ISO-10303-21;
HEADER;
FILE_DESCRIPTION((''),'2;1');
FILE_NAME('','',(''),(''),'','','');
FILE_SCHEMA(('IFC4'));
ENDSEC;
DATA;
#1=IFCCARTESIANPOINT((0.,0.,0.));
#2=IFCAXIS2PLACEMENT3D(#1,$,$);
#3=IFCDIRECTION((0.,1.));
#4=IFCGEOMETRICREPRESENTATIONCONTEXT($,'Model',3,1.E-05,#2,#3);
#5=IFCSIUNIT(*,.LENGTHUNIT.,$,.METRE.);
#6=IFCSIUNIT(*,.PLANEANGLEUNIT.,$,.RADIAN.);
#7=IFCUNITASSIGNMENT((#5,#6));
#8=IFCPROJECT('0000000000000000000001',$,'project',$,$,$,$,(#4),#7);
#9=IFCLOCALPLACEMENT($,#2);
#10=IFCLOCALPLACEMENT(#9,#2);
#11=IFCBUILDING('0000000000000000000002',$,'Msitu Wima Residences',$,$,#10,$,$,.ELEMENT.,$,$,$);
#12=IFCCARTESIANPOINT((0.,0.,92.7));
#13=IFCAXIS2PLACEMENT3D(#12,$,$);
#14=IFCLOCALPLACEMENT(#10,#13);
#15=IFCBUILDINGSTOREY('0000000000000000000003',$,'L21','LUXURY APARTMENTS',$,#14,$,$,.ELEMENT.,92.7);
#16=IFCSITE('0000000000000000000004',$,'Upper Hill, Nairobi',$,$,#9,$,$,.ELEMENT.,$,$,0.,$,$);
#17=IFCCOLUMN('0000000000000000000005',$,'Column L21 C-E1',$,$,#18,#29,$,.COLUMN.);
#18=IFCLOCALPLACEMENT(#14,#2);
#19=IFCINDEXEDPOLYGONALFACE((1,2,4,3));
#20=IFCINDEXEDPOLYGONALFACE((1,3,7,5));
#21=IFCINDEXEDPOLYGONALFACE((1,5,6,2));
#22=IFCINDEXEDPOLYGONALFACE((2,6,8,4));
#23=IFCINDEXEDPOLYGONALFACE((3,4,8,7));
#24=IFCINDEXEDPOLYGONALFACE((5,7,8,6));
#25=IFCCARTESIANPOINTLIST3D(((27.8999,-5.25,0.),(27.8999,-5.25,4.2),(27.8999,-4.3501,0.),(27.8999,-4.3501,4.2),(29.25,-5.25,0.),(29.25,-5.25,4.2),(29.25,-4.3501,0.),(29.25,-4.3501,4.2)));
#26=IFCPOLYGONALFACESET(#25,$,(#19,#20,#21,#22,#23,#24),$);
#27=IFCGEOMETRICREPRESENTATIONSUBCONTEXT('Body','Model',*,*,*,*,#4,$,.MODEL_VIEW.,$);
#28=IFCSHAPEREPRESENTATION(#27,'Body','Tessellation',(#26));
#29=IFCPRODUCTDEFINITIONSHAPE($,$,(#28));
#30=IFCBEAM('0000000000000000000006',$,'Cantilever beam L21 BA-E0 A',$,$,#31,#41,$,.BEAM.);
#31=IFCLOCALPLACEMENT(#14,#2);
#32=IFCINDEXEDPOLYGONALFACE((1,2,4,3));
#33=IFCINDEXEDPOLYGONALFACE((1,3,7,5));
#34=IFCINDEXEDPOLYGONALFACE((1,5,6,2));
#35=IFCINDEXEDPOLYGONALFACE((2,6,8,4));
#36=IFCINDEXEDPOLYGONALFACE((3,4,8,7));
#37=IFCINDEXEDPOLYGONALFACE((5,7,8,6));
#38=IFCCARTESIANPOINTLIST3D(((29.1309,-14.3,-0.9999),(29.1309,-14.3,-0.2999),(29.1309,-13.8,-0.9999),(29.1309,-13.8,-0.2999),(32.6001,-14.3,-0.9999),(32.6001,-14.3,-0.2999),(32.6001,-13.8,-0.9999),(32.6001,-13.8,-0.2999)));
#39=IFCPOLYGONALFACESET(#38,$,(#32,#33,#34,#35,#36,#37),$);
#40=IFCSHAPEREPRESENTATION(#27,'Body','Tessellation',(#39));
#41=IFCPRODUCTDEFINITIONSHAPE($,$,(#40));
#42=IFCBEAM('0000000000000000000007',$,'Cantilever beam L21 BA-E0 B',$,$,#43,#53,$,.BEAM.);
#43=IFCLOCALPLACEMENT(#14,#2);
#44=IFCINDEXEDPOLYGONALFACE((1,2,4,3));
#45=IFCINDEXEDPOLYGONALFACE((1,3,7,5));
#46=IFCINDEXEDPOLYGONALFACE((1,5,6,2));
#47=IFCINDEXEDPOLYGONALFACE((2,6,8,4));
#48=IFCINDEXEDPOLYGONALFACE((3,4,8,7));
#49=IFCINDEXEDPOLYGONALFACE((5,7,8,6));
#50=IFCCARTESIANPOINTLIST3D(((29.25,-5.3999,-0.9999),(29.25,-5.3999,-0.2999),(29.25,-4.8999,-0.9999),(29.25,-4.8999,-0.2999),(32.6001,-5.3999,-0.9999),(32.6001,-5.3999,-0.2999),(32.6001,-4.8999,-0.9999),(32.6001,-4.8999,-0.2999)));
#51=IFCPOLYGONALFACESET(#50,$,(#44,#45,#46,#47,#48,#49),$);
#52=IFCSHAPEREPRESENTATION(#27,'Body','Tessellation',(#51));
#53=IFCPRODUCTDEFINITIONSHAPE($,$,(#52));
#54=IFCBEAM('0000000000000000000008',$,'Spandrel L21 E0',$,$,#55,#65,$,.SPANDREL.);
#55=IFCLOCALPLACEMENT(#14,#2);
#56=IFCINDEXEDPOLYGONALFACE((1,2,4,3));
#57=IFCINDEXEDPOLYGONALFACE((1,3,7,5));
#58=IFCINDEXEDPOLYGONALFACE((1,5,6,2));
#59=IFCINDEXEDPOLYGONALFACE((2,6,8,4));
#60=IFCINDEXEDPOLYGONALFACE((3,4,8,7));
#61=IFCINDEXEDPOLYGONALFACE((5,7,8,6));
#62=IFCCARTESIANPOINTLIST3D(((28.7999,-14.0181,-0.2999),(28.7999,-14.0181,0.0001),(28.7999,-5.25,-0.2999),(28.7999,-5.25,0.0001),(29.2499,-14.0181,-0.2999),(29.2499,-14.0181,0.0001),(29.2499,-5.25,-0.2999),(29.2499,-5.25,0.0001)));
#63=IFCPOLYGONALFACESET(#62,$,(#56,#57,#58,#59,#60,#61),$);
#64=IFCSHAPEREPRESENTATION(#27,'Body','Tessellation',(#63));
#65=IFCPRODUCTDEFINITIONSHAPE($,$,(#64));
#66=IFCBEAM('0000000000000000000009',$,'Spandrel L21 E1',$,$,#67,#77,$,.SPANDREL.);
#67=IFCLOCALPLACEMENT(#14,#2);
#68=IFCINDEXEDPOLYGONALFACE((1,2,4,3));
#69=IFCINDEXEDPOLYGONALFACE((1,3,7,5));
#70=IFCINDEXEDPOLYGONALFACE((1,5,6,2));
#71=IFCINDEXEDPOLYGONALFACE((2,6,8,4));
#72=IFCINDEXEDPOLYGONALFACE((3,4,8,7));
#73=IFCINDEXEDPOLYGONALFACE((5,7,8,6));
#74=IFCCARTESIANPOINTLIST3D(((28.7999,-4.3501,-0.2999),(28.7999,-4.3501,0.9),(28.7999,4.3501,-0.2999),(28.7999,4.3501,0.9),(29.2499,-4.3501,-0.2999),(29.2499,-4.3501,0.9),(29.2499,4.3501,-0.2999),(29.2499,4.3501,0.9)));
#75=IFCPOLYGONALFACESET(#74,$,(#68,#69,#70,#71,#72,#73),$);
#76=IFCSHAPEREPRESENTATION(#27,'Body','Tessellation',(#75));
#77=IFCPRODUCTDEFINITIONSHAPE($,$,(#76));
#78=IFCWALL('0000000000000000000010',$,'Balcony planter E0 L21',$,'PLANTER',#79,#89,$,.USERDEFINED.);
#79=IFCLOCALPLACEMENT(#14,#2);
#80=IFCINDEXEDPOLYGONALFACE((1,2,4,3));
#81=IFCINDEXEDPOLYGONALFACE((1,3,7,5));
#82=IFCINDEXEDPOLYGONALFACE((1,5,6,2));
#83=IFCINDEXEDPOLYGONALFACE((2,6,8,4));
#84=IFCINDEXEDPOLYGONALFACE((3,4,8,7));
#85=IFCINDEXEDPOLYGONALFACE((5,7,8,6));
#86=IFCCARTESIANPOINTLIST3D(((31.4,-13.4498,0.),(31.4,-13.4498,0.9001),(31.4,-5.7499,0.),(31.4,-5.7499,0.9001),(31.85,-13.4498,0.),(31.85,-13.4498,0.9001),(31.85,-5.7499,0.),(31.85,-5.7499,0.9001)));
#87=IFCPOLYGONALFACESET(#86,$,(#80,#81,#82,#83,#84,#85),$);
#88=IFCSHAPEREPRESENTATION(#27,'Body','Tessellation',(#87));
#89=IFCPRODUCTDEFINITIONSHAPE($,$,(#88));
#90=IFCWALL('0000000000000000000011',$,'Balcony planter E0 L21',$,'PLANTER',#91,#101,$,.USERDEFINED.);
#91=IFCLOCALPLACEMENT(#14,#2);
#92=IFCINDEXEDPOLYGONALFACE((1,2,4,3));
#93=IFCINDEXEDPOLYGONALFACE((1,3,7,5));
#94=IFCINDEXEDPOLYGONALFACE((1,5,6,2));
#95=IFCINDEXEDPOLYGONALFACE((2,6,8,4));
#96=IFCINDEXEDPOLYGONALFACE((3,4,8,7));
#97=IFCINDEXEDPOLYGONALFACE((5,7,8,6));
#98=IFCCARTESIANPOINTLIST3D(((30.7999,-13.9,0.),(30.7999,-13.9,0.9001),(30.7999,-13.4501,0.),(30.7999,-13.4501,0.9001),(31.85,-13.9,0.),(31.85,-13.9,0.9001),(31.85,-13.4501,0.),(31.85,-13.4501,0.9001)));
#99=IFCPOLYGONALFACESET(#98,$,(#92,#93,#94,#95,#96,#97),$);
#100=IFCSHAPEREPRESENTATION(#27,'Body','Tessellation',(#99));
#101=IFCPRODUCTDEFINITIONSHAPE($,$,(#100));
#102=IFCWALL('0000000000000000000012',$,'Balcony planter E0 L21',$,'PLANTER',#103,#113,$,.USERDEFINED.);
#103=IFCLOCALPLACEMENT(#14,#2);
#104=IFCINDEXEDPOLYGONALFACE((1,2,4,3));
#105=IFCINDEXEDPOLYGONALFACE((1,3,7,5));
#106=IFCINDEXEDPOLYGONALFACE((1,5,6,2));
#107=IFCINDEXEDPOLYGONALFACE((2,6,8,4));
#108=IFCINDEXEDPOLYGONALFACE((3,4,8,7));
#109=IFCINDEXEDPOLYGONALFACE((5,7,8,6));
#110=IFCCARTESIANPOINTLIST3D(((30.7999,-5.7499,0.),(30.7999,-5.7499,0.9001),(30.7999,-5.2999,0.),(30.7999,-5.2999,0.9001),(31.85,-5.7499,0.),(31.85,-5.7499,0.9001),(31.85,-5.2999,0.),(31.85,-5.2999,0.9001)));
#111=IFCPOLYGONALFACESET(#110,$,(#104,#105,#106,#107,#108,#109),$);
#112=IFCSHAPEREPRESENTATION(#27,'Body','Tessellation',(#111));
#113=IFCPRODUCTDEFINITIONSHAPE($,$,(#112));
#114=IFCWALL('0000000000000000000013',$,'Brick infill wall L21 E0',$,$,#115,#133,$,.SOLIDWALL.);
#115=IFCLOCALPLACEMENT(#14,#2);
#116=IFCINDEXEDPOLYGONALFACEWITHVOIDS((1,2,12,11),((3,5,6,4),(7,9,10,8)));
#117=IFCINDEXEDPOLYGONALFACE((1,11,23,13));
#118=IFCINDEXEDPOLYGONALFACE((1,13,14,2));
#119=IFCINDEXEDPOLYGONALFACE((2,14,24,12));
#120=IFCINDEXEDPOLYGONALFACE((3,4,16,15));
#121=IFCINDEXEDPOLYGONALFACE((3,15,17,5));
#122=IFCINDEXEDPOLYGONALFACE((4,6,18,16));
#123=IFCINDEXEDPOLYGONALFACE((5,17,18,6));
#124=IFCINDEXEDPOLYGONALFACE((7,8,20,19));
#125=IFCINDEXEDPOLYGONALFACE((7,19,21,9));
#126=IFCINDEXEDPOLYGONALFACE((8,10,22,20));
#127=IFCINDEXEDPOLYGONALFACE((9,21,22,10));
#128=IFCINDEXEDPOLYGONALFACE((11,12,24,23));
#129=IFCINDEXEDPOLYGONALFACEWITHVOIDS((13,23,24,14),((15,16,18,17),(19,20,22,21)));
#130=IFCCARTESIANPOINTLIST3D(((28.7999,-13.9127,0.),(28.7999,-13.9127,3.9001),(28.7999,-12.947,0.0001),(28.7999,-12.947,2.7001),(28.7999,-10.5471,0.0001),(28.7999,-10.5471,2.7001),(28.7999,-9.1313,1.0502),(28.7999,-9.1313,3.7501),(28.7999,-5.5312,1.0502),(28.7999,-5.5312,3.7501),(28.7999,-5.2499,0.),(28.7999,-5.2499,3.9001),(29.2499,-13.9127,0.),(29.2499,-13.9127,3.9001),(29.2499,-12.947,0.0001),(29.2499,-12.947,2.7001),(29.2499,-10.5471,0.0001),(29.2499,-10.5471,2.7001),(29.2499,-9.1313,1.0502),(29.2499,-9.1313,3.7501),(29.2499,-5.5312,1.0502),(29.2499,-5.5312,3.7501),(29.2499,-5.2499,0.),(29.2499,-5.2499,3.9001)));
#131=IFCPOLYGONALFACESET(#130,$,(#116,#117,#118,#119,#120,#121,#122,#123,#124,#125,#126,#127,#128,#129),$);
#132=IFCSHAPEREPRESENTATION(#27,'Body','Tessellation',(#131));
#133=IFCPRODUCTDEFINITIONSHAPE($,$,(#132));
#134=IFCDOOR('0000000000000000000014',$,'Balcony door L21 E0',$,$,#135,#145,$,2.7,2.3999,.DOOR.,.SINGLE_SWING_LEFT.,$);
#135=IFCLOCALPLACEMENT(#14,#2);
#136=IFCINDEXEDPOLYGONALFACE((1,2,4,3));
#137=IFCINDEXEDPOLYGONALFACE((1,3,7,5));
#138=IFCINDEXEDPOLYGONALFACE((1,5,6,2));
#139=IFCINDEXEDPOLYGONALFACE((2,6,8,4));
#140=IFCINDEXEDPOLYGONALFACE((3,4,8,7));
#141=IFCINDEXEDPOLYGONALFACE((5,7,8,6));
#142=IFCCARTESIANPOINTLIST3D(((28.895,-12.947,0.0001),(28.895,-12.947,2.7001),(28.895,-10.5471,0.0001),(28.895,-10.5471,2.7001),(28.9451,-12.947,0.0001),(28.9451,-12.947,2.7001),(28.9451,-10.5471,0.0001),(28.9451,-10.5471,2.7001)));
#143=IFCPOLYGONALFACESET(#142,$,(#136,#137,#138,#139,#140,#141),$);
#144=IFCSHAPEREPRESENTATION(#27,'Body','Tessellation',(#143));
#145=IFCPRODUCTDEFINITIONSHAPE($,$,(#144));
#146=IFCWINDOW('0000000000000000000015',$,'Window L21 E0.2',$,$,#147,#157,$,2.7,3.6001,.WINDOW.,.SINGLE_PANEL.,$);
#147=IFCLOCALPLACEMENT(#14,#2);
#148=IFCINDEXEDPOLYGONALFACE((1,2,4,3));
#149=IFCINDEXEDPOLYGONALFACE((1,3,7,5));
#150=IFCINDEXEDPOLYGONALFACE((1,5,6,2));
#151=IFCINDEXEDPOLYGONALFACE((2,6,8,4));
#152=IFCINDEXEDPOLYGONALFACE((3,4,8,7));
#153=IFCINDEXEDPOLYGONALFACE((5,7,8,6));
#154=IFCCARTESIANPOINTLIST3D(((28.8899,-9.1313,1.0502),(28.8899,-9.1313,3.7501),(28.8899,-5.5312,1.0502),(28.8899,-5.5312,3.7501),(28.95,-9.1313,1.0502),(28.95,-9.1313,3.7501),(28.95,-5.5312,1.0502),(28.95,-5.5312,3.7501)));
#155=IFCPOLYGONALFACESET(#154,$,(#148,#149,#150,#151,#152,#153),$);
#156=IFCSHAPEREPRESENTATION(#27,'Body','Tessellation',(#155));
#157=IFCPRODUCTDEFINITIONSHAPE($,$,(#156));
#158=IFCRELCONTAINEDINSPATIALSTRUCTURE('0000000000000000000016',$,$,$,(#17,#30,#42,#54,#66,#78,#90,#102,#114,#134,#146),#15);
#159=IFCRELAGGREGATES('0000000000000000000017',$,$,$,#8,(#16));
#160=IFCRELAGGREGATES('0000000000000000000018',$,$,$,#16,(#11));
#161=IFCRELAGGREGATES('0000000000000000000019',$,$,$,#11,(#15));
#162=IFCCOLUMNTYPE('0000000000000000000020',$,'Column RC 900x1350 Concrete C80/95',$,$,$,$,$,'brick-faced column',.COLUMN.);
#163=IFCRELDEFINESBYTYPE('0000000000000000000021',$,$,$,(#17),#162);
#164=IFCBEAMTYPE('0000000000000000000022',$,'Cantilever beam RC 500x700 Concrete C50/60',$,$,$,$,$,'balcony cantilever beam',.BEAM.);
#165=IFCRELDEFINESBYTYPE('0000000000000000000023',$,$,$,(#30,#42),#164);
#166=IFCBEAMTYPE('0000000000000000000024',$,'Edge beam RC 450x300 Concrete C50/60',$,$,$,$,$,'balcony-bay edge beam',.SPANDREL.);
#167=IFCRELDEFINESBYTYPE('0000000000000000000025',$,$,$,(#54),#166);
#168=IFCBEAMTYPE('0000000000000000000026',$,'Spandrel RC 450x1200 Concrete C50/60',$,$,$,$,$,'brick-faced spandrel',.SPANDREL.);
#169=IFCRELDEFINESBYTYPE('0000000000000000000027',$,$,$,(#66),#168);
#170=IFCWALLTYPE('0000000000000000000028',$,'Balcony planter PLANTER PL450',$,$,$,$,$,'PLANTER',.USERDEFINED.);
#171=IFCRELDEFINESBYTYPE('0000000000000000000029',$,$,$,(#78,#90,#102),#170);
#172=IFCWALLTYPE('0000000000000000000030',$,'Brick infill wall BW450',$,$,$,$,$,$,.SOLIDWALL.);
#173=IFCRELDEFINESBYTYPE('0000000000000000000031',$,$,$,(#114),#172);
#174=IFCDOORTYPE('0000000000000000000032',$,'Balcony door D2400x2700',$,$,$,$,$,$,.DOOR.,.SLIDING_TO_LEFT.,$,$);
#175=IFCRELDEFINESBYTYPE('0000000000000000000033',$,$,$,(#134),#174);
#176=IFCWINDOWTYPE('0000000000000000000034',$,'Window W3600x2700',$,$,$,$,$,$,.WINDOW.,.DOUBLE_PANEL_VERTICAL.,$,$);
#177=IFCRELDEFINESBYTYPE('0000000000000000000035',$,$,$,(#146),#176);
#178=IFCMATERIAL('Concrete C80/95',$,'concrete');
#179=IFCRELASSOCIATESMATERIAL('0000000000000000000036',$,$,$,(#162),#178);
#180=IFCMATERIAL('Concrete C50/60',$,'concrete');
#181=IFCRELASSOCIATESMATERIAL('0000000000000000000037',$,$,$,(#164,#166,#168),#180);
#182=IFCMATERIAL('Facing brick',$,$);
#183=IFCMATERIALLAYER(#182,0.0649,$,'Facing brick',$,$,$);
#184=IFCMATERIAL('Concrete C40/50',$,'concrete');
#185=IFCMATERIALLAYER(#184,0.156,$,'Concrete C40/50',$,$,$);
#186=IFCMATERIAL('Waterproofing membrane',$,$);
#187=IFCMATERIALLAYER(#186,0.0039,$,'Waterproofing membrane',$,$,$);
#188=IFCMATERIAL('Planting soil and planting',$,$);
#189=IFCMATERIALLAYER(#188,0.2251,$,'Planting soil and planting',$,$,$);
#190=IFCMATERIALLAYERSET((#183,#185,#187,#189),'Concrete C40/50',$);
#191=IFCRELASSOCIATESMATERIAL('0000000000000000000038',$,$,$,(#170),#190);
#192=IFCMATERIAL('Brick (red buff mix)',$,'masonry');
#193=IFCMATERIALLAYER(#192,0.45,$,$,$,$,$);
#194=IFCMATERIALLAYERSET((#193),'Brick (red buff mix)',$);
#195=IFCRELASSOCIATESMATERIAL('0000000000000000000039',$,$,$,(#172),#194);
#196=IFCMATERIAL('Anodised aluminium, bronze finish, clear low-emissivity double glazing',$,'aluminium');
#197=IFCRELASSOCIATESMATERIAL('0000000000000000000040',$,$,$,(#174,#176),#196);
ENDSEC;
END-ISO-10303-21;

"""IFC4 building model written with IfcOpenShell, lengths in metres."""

from ifc_helpers import new_model, si_unit, direction, frame, frame_2d, origin, origin_2d, place, context, subcontext, project, spatial, rectangle, extrude, material, layer, layer_set, material_profile, profile_set, type_object, element, fill, save


model = new_model("IFC4")

# Units and contexts
model_context = context("Model", 3, precision=1e-05, world=origin(), true_north=direction((0.0, 1.0)))
body_context = subcontext(model_context, "Body", "Model", "MODEL_VIEW")
ifc_project = project(units=[si_unit("LENGTHUNIT", "METRE"), si_unit("PLANEANGLEUNIT", "RADIAN")], contexts=[model_context])

# Site, building, storey
site_placement = place(None, origin())
site = spatial("IfcSite", under=ifc_project, at=site_placement, Name="Upper Hill, Nairobi", CompositionType="ELEMENT", RefElevation=0.0)
building_placement = place(site_placement, origin())
building = spatial("IfcBuilding", under=site, at=building_placement, Name="Msitu Wima Residences", CompositionType="ELEMENT")
storey_placement = place(building_placement, frame((0.0, 0.0, 92.7)))
storey = spatial("IfcBuildingStorey", under=building, at=storey_placement, Name="L21", Description="LUXURY APARTMENTS", CompositionType="ELEMENT", Elevation=92.7)

# Column
ifc_material_1 = material(Name="Concrete C80/95", Category="concrete")
ifc_material_profile_1 = material_profile(ifc_material_1, rectangle(XDim=0.8999, YDim=1.3501, at=origin_2d()), Name="RC 900x1350")
ifc_profile_set_1 = profile_set([ifc_material_profile_1], Name="Concrete C80/95")
column_type = type_object("IfcColumnType", Name="Column RC 900x1350 Concrete C80/95", ElementType="brick-faced column", PredefinedType="COLUMN", material=ifc_profile_set_1)
column_placement = place(storey_placement, frame((28.575, -4.8, 0.0), z_axis=(0.0, 0.0, 1.0), x_axis=(0.0, 1.0, 0.0)))
element("IfcColumn", 1, at=column_placement, inside=storey, type_object=column_type, Name="Column L21 C-E1", PredefinedType="COLUMN", context=body_context, shape_type="SweptSolid", body=[
    extrude(rectangle(XDim=0.8999, YDim=1.3501, at=origin_2d()), origin(), (0.0, 0.0, 1.0), 4.2),
])

# Beams
ifc_material_2 = material(Name="Concrete C50/60", Category="concrete")
ifc_material_profile_2 = material_profile(ifc_material_2, rectangle(XDim=0.5, YDim=0.7, at=origin_2d()), Name="RC 500x700")
ifc_profile_set_2 = profile_set([ifc_material_profile_2], Name="Concrete C50/60")
beam_type_1 = type_object("IfcBeamType", Name="Cantilever beam RC 500x700 Concrete C50/60", ElementType="balcony cantilever beam", PredefinedType="BEAM", material=ifc_profile_set_2)
beam_1_placement = place(storey_placement, frame((29.1309, -14.05, -0.6499), z_axis=(1.0, 0.0, 0.0), x_axis=(0.0, 1.0, 0.0)))
element("IfcBeam", 2, at=beam_1_placement, inside=storey, type_object=beam_type_1, Name="Cantilever beam L21 BA-E0 A", PredefinedType="BEAM", context=body_context, shape_type="SweptSolid", body=[
    extrude(rectangle(XDim=0.5, YDim=0.7, at=origin_2d()), origin(), (0.0, 0.0, 1.0), 3.4692),
])
beam_2_placement = place(storey_placement, frame((29.25, -5.1499, -0.6499), z_axis=(1.0, 0.0, 0.0), x_axis=(0.0, 1.0, 0.0)))
element("IfcBeam", 3, at=beam_2_placement, inside=storey, type_object=beam_type_1, Name="Cantilever beam L21 BA-E0 B", PredefinedType="BEAM", context=body_context, shape_type="SweptSolid", body=[
    extrude(rectangle(XDim=0.5, YDim=0.7, at=origin_2d()), origin(), (0.0, 0.0, 1.0), 3.3501),
])
ifc_material_profile_3 = material_profile(ifc_material_2, rectangle(XDim=0.45, YDim=0.3, at=origin_2d()), Name="RC 450x300")
ifc_profile_set_3 = profile_set([ifc_material_profile_3], Name="Concrete C50/60")
beam_type_2 = type_object("IfcBeamType", Name="Edge beam RC 450x300 Concrete C50/60", ElementType="balcony-bay edge beam", PredefinedType="SPANDREL", material=ifc_profile_set_3)
beam_3_placement = place(storey_placement, frame((29.0249, -14.0181, -0.1499), z_axis=(0.0, 1.0, 0.0), x_axis=(-1.0, 0.0, 0.0)))
element("IfcBeam", 4, at=beam_3_placement, inside=storey, type_object=beam_type_2, Name="Spandrel L21 E0", PredefinedType="SPANDREL", context=body_context, shape_type="SweptSolid", body=[
    extrude(rectangle(XDim=0.45, YDim=0.3, at=origin_2d()), origin(), (0.0, 0.0, 1.0), 8.7681),
])
ifc_material_profile_4 = material_profile(ifc_material_2, rectangle(XDim=0.45, YDim=1.2, at=origin_2d()), Name="RC 450x1200")
ifc_profile_set_4 = profile_set([ifc_material_profile_4], Name="Concrete C50/60")
beam_type_3 = type_object("IfcBeamType", Name="Spandrel RC 450x1200 Concrete C50/60", ElementType="brick-faced spandrel", PredefinedType="SPANDREL", material=ifc_profile_set_4)
beam_4_placement = place(storey_placement, frame((29.0249, -4.3501, 0.3), z_axis=(0.0, 1.0, 0.0), x_axis=(-1.0, 0.0, 0.0)))
element("IfcBeam", 5, at=beam_4_placement, inside=storey, type_object=beam_type_3, Name="Spandrel L21 E1", PredefinedType="SPANDREL", context=body_context, shape_type="SweptSolid", body=[
    extrude(rectangle(XDim=0.45, YDim=1.2, at=origin_2d()), origin(), (0.0, 0.0, 1.0), 8.7002),
])

# Walls
ifc_material_3 = material(Name="Facing brick")
ifc_layer_1 = layer(ifc_material_3, 0.0649, Name="Facing brick")
ifc_material_4 = material(Name="Concrete C40/50", Category="concrete")
ifc_layer_2 = layer(ifc_material_4, 0.156, Name="Concrete C40/50")
ifc_material_5 = material(Name="Waterproofing membrane")
ifc_layer_3 = layer(ifc_material_5, 0.0039, Name="Waterproofing membrane")
ifc_material_6 = material(Name="Planting soil and planting")
ifc_layer_4 = layer(ifc_material_6, 0.2251, Name="Planting soil and planting")
ifc_layer_set_1 = layer_set([ifc_layer_1, ifc_layer_2, ifc_layer_3, ifc_layer_4], Name="Concrete C40/50")
wall_type_1 = type_object("IfcWallType", Name="Balcony planter PLANTER PL450", ElementType="PLANTER", PredefinedType="USERDEFINED", material=ifc_layer_set_1)
wall_1_placement = place(storey_placement, frame((31.625, -13.45, 0.0), z_axis=(0.0, 0.0, 1.0), x_axis=(0.0, 1.0, 0.0)))
element("IfcWall", 6, at=wall_1_placement, inside=storey, type_object=wall_type_1, Name="Balcony planter E0 L21", ObjectType="PLANTER", PredefinedType="USERDEFINED", context=body_context, shape_type="SweptSolid", body=[
    extrude(rectangle(XDim=7.7, YDim=0.45, at=frame_2d((3.8501, 0.0))), origin(), (0.0, 0.0, 1.0), 0.9001),
])
for number, where, z_axis, x_axis, name in (
    (7, (30.8, -13.675, 0.0), (0.0, 0.0, 1.0), (1.0, 0.0, 0.0), "Balcony planter E0 L21"),
    (8, (30.8, -5.5249, 0.0), (0.0, 0.0, 1.0), (1.0, 0.0, 0.0), "Balcony planter E0 L21"),
):
    element("IfcWall", number, at=place(storey_placement, frame(where, z_axis=z_axis, x_axis=x_axis)), inside=storey, type_object=wall_type_1, Name=name, ObjectType="PLANTER", PredefinedType="USERDEFINED", context=body_context, shape_type="SweptSolid", body=[
        extrude(rectangle(XDim=1.05, YDim=0.45, at=frame_2d((0.5249, 0.0))), origin(), (0.0, 0.0, 1.0), 0.9001),
    ])

# Wall, openings, door, window
ifc_material_7 = material(Name="Brick (red buff mix)", Category="masonry")
ifc_layer_5 = layer(ifc_material_7, 0.45)
ifc_layer_set_2 = layer_set([ifc_layer_5], Name="Brick (red buff mix)")
wall_type_2 = type_object("IfcWallType", Name="Brick infill wall BW450", PredefinedType="SOLIDWALL", material=ifc_layer_set_2)
wall_2_placement = place(storey_placement, frame((29.0249, -13.9128, 0.0), z_axis=(0.0, 0.0, 1.0), x_axis=(0.0, 1.0, 0.0)))
wall_2 = element("IfcWall", 9, at=wall_2_placement, inside=storey, type_object=wall_type_2, Name="Brick infill wall L21 E0", PredefinedType="SOLIDWALL", context=body_context, shape_type="SweptSolid", body=[
    extrude(rectangle(XDim=8.6628, YDim=0.45, at=frame_2d((4.3315, 0.0))), origin(), (0.0, 0.0, 1.0), 3.9001),
])
opening_1_placement = place(wall_2_placement, frame((0.9658, 0.0, 0.0)))
opening_1 = element("IfcOpeningElement", 10, at=opening_1_placement, cuts=wall_2, PredefinedType="OPENING", context=body_context, shape_type="SweptSolid", body=[
    extrude(rectangle(XDim=2.3999, YDim=2.7, at=frame_2d((1.2, 1.3501))), frame((0.0, 0.2349, 0.0), z_axis=(0.0, -1.0, 0.0), x_axis=(1.0, 0.0, 0.0)), (0.0, 0.0, 1.0), 0.47),
])
opening_2_placement = place(wall_2_placement, frame((4.7815, 0.0, 1.05)))
opening_2 = element("IfcOpeningElement", 11, at=opening_2_placement, cuts=wall_2, PredefinedType="OPENING", context=body_context, shape_type="SweptSolid", body=[
    extrude(rectangle(XDim=3.6001, YDim=2.7, at=frame_2d((1.8, 1.3501))), frame((0.0, 0.2349, 0.0), z_axis=(0.0, -1.0, 0.0), x_axis=(1.0, 0.0, 0.0)), (0.0, 0.0, 1.0), 0.47),
])
ifc_material_8 = material(Name="Anodised aluminium, bronze finish, clear low-emissivity double glazing", Category="aluminium")
door_type = type_object("IfcDoorType", Name="Balcony door D2400x2700", OperationType="SLIDING_TO_LEFT", PredefinedType="DOOR", material=ifc_material_8)
door_placement = place(opening_1_placement, origin())
door = element("IfcDoor", 12, at=door_placement, inside=storey, type_object=door_type, Name="Balcony door L21 E0", OperationType="SINGLE_SWING_LEFT", OverallHeight=2.7, OverallWidth=2.3999, PredefinedType="DOOR", context=body_context, shape_type="SweptSolid", body=[
    extrude(rectangle(XDim=2.3999, YDim=2.7, at=frame_2d((1.2, 1.3501))), frame((0.0, 0.1299, 0.0), z_axis=(0.0, -1.0, 0.0), x_axis=(1.0, 0.0, 0.0)), (0.0, 0.0, 1.0), 0.05),
])
fill(opening_1, door)
window_type = type_object("IfcWindowType", Name="Window W3600x2700", PartitioningType="DOUBLE_PANEL_VERTICAL", PredefinedType="WINDOW", material=ifc_material_8)
window_1_placement = place(opening_2_placement, origin())
window_1 = element("IfcWindow", 13, at=window_1_placement, inside=storey, type_object=window_type, Name="Window L21 E0.2", OverallHeight=2.7, OverallWidth=3.6001, PartitioningType="SINGLE_PANEL", PredefinedType="WINDOW", context=body_context, shape_type="SweptSolid", body=[
    extrude(rectangle(XDim=3.6001, YDim=2.7, at=frame_2d((1.8, 1.3501))), frame((0.0, 0.135, 0.0), z_axis=(0.0, -1.0, 0.0), x_axis=(1.0, 0.0, 0.0)), (0.0, 0.0, 1.0), 0.0601),
])
fill(opening_2, window_1)

save(model, "model.ifc")
